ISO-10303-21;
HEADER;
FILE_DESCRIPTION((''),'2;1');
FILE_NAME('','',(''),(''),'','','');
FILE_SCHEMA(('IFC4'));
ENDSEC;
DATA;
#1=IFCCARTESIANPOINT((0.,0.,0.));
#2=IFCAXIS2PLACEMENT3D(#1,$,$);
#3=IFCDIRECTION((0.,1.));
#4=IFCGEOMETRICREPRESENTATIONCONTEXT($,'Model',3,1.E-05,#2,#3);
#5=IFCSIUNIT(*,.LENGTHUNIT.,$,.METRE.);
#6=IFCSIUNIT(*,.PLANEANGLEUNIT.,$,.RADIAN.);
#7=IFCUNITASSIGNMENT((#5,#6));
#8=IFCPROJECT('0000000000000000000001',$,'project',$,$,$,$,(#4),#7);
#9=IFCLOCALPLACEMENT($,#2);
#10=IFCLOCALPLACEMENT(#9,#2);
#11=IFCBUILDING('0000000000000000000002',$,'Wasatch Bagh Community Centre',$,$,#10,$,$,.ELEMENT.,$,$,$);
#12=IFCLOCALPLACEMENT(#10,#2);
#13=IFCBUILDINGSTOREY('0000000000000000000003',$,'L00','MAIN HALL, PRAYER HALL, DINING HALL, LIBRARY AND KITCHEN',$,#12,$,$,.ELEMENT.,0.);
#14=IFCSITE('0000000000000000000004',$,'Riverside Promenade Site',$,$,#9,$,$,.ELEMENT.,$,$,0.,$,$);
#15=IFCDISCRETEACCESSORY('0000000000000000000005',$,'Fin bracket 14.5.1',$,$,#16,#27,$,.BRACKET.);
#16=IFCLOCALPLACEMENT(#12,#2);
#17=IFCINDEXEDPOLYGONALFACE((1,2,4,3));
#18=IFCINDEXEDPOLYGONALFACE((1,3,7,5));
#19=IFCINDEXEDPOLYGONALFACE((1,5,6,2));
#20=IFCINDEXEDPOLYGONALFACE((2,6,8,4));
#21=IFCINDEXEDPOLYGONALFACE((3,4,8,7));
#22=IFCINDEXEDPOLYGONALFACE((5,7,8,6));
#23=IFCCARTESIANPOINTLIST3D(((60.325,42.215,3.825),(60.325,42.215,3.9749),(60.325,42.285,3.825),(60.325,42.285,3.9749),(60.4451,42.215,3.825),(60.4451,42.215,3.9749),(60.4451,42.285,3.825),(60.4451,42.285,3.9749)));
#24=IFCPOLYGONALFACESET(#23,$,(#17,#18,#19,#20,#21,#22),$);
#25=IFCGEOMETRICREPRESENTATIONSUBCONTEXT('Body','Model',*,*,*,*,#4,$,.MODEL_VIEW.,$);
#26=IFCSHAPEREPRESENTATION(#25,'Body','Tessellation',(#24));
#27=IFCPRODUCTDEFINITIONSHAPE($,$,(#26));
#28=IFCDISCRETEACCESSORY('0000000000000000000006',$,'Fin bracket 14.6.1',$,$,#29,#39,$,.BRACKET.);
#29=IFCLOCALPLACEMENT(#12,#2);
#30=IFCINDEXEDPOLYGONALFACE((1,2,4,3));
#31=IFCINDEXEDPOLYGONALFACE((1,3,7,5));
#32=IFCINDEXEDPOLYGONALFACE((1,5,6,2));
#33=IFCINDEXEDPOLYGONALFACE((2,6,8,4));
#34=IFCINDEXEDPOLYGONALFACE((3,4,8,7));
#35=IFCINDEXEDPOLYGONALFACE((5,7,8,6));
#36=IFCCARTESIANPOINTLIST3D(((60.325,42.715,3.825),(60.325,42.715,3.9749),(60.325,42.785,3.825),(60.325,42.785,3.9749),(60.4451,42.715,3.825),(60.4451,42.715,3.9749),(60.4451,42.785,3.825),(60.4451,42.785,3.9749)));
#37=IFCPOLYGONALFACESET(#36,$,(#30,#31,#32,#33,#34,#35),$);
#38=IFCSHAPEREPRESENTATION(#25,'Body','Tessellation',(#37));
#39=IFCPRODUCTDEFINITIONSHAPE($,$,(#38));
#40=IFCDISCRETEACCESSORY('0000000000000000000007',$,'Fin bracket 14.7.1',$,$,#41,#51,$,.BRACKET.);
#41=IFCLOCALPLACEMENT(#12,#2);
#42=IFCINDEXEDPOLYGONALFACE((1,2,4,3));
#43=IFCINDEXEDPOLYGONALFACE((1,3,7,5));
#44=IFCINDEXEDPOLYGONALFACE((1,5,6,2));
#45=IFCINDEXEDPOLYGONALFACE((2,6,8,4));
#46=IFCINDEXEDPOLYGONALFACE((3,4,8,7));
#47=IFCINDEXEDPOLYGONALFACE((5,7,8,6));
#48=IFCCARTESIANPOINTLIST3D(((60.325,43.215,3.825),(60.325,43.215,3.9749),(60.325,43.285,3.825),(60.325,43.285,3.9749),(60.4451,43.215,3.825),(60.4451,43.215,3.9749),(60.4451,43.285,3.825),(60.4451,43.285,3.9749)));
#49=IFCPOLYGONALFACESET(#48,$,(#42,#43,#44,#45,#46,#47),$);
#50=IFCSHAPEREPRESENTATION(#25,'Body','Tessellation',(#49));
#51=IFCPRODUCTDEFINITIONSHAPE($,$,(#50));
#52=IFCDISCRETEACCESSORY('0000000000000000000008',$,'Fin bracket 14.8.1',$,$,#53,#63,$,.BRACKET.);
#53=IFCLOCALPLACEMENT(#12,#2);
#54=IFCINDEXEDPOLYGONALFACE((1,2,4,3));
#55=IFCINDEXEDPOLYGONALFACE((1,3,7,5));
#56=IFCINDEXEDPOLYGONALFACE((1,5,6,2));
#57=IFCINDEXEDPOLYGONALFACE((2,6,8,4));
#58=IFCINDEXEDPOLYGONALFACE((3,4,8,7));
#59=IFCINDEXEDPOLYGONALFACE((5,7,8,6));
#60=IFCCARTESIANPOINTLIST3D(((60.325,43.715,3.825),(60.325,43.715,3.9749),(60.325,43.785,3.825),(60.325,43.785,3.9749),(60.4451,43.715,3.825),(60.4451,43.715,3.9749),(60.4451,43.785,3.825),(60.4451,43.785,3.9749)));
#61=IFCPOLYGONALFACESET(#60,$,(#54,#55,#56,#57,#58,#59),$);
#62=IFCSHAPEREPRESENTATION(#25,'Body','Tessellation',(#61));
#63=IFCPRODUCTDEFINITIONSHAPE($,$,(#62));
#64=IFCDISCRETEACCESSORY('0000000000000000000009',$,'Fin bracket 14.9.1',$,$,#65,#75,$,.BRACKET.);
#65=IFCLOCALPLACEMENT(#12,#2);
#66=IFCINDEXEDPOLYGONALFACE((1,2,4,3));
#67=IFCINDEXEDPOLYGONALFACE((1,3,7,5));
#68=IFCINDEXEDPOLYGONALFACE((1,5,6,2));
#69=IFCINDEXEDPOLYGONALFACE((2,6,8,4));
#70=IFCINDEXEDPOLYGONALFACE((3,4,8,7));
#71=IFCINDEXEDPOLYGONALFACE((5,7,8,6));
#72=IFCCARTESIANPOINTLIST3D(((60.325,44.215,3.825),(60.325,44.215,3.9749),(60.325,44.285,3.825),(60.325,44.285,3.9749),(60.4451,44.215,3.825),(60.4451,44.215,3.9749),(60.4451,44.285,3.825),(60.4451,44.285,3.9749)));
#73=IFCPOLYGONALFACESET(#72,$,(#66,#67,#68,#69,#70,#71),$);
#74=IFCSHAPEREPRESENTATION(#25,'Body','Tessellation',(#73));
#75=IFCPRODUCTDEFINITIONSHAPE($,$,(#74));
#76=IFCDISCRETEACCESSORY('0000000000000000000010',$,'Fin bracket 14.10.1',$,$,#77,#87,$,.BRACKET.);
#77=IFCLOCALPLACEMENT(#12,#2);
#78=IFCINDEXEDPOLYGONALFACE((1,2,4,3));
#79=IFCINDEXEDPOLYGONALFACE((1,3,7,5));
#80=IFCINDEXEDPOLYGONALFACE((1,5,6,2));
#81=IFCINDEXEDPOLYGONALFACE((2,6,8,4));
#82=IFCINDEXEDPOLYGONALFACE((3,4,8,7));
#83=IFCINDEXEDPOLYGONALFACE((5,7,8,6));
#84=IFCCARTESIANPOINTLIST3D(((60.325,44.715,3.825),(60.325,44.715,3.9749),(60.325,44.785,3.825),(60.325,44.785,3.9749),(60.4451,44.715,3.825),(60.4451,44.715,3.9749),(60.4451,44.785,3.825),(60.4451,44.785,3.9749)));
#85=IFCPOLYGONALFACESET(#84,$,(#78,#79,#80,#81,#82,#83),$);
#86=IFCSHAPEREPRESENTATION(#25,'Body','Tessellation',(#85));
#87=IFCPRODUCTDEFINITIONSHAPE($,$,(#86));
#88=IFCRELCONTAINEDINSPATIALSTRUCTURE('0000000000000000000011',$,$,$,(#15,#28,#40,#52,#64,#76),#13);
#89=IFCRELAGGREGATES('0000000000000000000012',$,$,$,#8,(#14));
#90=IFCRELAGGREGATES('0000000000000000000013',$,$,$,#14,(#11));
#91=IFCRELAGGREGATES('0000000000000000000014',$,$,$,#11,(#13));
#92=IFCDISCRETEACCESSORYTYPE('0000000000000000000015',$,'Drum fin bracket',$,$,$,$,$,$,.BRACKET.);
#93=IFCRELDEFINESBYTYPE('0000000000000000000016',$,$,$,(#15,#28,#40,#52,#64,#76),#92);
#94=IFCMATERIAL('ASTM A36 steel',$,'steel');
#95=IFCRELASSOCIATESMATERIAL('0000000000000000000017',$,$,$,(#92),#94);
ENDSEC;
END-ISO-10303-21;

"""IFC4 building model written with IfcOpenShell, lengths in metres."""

from ifc_helpers import new_model, si_unit, direction, frame, origin, origin_2d, place, context, subcontext, project, spatial, rectangle, extrude, material, type_object, element, save


model = new_model("IFC4")

# Units and contexts
model_context = context("Model", 3, precision=1e-05, world=origin(), true_north=direction((0.0, 1.0)))
body_context = subcontext(model_context, "Body", "Model", "MODEL_VIEW")
ifc_project = project(units=[si_unit("LENGTHUNIT", "METRE"), si_unit("PLANEANGLEUNIT", "RADIAN")], contexts=[model_context])

# Site, building, storey
site_placement = place(None, origin())
site = spatial("IfcSite", under=ifc_project, at=site_placement, Name="Riverside Promenade Site", CompositionType="ELEMENT", RefElevation=0.0)
building_placement = place(site_placement, origin())
building = spatial("IfcBuilding", under=site, at=building_placement, Name="Wasatch Bagh Community Centre", CompositionType="ELEMENT")
storey_placement = place(building_placement, origin())
storey = spatial("IfcBuildingStorey", under=building, at=storey_placement, Name="L00", Description="MAIN HALL, PRAYER HALL, DINING HALL, LIBRARY AND KITCHEN", CompositionType="ELEMENT", Elevation=0.0)

# Discrete accessories
ifc_material_1 = material(Name="ASTM A36 steel", Category="steel")
discrete_accessory_type = type_object("IfcDiscreteAccessoryType", Name="Drum fin bracket", PredefinedType="BRACKET", material=ifc_material_1)
for number, where, z_axis, x_axis, name in (
    (1, (60.385, 42.25, 3.825), (0.0, 0.0, 1.0), (0.0, 1.0, 0.0), "Fin bracket 14.5.1"),
    (2, (60.385, 42.75, 3.825), (0.0, 0.0, 1.0), (0.0, 1.0, 0.0), "Fin bracket 14.6.1"),
    (3, (60.385, 43.25, 3.825), (0.0, 0.0, 1.0), (0.0, 1.0, 0.0), "Fin bracket 14.7.1"),
    (4, (60.385, 43.75, 3.825), (0.0, 0.0, 1.0), (0.0, 1.0, 0.0), "Fin bracket 14.8.1"),
    (5, (60.385, 44.25, 3.825), (0.0, 0.0, 1.0), (0.0, 1.0, 0.0), "Fin bracket 14.9.1"),
    (6, (60.385, 44.75, 3.825), (0.0, 0.0, 1.0), (0.0, 1.0, 0.0), "Fin bracket 14.10.1"),
):
    element("IfcDiscreteAccessory", number, at=place(storey_placement, frame(where, z_axis=z_axis, x_axis=x_axis)), inside=storey, type_object=discrete_accessory_type, Name=name, PredefinedType="BRACKET", context=body_context, shape_type="SweptSolid", body=[
        extrude(rectangle(XDim=0.0701, YDim=0.1201, at=origin_2d()), origin(), (0.0, 0.0, 1.0), 0.1499),
    ])

save(model, "model.ifc")
